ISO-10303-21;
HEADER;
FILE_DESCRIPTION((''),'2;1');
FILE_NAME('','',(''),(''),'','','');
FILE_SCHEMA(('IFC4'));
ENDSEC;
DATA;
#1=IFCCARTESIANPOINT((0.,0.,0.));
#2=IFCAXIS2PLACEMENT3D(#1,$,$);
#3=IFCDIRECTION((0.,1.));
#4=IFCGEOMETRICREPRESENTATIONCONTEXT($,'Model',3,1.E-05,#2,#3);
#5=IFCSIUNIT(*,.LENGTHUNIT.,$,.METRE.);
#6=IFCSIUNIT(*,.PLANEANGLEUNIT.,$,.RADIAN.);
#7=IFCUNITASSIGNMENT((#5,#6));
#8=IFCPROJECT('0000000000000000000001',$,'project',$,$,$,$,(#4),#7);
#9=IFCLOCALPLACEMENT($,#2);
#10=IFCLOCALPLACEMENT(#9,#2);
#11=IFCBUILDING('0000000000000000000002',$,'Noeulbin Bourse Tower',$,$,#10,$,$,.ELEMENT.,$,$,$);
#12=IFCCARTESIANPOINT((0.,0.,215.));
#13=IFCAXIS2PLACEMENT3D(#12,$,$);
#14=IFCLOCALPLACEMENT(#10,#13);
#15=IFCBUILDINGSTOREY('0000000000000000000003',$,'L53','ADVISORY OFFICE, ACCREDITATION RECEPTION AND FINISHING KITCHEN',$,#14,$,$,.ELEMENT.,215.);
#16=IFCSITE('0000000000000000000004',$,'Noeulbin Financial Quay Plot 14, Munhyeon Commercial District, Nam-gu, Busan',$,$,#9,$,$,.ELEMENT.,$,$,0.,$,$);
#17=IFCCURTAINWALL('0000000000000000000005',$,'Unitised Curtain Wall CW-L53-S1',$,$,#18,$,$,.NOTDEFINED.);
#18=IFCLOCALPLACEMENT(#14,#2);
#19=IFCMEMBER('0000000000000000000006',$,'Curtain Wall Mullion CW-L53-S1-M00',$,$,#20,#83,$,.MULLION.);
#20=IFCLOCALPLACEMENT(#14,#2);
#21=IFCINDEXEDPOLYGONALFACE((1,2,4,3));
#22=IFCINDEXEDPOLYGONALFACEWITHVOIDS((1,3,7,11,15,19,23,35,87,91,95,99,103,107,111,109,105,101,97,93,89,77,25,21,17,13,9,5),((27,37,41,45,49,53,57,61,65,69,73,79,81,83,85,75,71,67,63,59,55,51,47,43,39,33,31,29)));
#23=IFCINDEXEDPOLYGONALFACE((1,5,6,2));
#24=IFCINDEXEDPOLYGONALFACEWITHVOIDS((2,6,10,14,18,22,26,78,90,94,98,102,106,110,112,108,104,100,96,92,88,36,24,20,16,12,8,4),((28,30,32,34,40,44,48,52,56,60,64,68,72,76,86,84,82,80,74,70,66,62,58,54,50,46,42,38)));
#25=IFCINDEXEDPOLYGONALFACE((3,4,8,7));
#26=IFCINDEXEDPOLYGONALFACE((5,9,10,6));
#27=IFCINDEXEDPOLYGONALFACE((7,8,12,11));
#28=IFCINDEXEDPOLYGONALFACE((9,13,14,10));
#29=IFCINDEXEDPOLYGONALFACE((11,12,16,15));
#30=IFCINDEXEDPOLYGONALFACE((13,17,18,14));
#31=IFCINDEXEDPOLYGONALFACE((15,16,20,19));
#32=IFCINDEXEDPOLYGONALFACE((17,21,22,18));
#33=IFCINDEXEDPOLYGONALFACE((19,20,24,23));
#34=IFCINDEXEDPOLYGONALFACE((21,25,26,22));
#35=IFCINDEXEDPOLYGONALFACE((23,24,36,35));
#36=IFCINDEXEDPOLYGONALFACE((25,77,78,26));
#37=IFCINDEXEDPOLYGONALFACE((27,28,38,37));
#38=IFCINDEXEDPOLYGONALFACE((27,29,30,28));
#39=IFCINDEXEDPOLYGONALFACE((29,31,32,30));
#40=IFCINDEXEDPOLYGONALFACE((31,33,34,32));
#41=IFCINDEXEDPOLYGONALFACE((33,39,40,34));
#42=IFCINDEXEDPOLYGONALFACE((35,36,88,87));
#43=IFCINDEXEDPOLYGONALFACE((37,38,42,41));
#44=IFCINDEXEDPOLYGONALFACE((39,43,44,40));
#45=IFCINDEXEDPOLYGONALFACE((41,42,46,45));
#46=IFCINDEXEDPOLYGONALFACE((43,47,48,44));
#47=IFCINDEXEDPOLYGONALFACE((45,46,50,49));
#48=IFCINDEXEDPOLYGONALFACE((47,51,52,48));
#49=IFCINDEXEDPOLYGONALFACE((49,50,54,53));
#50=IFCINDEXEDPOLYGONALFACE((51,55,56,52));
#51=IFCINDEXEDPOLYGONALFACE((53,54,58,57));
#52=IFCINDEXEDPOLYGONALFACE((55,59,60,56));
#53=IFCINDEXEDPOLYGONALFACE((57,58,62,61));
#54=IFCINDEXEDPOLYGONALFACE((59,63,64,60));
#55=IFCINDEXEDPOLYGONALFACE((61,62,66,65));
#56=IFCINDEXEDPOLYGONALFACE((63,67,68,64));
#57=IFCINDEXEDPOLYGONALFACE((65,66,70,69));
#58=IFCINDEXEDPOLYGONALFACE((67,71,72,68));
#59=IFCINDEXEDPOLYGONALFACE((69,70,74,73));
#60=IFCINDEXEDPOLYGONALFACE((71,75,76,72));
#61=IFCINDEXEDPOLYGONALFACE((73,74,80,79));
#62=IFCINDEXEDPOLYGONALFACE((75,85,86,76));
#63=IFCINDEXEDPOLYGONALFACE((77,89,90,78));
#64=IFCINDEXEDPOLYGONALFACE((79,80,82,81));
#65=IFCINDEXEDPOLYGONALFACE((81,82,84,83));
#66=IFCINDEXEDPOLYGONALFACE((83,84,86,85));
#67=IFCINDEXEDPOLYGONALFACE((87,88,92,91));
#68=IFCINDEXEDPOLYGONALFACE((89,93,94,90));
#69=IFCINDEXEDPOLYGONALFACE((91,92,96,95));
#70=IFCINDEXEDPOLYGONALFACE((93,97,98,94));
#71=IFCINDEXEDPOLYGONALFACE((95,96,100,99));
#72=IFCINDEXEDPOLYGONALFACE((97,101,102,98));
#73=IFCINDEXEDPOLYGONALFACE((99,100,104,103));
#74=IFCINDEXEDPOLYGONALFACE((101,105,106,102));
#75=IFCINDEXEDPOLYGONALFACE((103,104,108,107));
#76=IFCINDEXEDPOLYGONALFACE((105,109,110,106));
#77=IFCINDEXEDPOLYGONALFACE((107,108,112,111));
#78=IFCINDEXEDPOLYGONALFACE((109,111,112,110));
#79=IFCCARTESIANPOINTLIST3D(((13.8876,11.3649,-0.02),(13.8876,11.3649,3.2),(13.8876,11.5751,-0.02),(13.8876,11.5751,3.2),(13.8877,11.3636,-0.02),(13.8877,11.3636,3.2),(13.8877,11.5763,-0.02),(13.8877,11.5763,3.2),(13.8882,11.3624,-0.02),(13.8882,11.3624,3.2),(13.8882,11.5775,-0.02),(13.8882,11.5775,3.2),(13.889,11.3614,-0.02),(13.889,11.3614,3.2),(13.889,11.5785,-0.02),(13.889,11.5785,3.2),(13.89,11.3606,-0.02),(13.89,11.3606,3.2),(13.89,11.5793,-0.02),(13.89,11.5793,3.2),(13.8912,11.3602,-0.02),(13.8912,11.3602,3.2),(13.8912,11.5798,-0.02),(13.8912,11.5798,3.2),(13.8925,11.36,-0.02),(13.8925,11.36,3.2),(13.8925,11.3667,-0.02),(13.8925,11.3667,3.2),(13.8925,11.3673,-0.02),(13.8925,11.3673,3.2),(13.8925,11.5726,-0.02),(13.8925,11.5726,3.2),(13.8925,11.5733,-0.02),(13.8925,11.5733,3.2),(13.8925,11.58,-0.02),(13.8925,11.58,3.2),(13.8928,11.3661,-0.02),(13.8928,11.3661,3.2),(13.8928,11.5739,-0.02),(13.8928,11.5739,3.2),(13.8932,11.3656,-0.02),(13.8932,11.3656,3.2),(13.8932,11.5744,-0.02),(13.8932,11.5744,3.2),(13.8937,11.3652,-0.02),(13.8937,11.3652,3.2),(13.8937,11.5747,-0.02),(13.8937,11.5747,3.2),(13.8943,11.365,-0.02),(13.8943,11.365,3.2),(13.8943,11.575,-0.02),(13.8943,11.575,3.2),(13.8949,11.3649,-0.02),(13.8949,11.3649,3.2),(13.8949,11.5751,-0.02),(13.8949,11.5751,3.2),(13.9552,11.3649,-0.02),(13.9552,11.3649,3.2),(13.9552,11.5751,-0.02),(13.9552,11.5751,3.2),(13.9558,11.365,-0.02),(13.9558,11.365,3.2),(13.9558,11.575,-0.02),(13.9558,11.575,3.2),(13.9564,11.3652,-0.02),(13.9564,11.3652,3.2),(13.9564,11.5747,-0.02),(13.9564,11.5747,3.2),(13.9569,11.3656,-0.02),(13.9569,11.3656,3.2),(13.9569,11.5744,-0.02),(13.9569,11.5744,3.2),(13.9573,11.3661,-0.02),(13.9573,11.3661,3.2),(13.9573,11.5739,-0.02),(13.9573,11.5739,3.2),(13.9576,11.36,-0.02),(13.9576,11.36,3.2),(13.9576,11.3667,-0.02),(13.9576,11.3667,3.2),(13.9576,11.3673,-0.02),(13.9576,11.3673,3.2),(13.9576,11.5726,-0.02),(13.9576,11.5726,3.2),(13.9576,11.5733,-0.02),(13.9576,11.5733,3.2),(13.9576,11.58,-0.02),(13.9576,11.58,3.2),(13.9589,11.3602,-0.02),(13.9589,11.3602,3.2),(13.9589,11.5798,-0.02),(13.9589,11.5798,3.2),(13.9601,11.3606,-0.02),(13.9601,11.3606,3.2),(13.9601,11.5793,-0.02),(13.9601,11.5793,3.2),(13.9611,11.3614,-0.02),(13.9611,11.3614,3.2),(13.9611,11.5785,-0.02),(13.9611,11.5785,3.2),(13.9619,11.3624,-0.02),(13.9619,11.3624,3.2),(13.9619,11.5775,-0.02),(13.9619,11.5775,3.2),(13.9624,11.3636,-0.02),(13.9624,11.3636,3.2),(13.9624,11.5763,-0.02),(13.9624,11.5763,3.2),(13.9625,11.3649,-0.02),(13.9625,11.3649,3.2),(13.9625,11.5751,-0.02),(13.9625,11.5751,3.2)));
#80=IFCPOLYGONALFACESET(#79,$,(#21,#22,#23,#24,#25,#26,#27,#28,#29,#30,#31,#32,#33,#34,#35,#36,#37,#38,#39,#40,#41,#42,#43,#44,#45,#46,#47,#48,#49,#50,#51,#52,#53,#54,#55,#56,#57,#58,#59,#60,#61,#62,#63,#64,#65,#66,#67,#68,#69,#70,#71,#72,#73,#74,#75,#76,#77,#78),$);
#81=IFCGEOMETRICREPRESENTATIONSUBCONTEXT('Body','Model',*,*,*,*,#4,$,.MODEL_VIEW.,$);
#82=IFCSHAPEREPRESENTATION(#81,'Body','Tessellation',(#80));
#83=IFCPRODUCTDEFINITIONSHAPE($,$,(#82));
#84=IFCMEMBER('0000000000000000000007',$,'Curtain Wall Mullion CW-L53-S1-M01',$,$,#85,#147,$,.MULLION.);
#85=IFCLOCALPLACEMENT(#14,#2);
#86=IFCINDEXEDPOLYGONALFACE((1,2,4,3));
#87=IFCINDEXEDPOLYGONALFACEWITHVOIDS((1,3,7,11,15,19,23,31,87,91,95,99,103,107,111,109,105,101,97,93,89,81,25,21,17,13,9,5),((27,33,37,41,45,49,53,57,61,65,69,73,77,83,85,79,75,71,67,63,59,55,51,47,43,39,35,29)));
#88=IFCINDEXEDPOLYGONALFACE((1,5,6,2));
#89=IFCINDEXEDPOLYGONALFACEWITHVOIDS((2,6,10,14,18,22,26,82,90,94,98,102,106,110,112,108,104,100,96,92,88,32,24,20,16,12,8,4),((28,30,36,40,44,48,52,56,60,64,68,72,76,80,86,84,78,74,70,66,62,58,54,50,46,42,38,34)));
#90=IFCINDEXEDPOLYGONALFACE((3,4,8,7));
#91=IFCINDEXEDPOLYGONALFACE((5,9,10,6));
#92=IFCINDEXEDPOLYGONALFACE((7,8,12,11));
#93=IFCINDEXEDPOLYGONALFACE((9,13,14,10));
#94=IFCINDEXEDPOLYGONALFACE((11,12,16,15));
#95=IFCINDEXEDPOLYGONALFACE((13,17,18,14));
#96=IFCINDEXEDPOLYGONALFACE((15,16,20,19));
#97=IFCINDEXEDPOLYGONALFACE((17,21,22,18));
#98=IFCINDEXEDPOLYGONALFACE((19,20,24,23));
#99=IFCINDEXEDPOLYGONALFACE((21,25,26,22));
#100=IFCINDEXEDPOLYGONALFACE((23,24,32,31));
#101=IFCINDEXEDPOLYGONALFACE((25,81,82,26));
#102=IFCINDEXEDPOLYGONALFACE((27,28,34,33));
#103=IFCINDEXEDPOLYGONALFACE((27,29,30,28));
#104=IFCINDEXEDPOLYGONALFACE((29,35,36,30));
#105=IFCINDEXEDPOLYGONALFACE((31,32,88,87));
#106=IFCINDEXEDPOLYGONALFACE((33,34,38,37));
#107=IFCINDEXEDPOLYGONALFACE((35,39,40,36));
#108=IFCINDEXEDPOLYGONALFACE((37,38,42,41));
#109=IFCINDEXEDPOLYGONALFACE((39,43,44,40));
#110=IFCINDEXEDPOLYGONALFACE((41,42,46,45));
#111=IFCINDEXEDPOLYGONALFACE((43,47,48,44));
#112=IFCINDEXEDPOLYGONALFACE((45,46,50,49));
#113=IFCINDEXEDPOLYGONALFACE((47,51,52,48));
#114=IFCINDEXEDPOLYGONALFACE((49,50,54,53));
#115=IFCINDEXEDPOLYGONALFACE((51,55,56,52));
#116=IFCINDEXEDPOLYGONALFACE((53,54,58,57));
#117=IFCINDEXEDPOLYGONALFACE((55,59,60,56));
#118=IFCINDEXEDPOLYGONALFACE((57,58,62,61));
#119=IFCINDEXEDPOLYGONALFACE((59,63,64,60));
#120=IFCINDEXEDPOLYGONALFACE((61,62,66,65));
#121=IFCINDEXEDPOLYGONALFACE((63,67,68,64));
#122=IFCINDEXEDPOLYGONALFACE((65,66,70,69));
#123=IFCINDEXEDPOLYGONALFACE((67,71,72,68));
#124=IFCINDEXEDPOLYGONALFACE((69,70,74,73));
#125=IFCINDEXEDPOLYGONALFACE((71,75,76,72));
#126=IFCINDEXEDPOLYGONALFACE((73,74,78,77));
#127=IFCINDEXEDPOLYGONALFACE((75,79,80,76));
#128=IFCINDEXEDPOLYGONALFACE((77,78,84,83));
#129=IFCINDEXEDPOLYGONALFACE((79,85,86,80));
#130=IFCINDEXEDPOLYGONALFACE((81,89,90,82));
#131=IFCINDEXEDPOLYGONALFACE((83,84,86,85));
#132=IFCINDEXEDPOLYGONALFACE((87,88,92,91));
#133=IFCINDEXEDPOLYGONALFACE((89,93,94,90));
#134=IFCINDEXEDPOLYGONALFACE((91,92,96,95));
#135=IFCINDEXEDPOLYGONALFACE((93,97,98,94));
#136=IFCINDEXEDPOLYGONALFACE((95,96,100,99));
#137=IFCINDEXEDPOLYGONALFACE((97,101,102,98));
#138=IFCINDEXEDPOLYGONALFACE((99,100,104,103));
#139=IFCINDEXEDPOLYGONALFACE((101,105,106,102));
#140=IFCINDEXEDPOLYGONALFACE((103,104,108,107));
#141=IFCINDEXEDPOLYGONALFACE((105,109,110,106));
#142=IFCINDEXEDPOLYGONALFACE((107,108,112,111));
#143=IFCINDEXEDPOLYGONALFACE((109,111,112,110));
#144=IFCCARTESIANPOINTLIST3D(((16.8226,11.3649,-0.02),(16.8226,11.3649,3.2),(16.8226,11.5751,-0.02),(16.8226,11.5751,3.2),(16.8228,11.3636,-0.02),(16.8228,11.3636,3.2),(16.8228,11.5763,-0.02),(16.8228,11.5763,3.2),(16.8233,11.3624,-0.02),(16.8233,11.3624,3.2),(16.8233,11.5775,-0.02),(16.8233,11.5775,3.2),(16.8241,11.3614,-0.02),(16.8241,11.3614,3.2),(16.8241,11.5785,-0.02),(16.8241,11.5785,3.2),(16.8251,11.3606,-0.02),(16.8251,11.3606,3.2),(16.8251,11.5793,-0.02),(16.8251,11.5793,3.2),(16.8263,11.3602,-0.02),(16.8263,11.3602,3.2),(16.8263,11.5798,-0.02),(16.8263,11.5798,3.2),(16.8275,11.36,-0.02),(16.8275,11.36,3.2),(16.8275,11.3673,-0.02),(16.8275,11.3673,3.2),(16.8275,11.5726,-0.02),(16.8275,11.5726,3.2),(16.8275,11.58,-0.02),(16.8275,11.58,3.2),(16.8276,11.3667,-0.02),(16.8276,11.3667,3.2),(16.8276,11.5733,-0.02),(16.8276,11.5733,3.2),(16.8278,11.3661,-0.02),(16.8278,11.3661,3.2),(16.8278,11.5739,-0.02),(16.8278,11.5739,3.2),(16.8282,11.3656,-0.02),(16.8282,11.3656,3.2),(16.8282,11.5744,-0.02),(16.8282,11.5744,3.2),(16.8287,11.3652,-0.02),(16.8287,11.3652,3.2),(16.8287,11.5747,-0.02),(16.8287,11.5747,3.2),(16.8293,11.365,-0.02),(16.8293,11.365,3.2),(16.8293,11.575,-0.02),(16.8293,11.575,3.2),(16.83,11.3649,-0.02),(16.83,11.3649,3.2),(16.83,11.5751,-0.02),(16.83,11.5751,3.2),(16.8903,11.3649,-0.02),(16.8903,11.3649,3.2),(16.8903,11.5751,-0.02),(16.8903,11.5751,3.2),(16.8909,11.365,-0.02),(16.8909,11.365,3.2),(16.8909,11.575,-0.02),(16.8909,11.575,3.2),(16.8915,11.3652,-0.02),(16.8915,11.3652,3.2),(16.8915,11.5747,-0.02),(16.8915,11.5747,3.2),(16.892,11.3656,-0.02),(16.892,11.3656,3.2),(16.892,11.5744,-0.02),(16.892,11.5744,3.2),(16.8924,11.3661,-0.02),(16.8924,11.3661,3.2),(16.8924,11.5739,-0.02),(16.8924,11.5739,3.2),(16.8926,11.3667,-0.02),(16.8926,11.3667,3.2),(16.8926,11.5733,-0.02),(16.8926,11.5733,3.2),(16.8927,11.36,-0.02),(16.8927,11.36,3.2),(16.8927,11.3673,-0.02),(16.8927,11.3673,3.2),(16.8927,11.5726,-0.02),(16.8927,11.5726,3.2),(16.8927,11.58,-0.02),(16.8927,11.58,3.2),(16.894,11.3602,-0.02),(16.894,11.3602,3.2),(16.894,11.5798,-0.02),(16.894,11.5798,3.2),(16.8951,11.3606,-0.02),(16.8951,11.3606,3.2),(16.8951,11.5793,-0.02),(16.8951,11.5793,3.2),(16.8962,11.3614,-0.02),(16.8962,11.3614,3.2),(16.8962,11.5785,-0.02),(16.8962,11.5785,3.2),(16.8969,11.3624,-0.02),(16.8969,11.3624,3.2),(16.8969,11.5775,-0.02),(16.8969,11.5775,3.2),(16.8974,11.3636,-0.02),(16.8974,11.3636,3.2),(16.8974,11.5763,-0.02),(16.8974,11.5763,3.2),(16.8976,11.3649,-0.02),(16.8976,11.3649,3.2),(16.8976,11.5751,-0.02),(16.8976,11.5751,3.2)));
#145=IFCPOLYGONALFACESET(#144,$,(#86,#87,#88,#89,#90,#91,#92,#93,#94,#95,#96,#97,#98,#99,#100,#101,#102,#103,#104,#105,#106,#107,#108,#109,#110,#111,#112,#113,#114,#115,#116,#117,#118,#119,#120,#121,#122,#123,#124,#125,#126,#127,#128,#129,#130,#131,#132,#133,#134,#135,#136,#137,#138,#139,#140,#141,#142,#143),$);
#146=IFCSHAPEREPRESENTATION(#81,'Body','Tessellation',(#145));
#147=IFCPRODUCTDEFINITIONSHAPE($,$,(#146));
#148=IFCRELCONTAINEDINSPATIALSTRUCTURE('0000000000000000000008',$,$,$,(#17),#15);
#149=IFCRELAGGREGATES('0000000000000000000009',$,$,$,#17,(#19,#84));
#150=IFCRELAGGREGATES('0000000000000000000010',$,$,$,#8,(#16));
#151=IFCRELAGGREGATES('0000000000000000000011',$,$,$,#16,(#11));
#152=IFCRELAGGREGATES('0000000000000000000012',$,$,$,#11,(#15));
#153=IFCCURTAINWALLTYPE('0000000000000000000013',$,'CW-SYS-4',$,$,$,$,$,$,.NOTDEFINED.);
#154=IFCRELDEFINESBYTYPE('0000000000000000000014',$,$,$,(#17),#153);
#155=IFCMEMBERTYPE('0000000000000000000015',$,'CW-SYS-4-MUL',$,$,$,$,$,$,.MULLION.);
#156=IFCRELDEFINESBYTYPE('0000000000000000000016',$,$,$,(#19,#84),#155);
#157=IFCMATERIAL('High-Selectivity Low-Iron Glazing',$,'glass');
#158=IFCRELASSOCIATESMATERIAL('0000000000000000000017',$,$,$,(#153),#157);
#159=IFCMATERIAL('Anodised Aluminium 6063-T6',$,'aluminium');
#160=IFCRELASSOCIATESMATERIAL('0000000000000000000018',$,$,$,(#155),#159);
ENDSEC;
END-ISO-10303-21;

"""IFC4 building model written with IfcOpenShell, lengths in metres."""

from ifc_helpers import new_model, si_unit, direction, frame, origin, origin_2d, place, context, subcontext, project, spatial, hollow_rectangle, extrude, material, material_profile, profile_set, type_object, element, aggregate, save


model = new_model("IFC4")

# Units and contexts
model_context = context("Model", 3, precision=1e-05, world=origin(), true_north=direction((0.0, 1.0)))
body_context = subcontext(model_context, "Body", "Model", "MODEL_VIEW")
ifc_project = project(units=[si_unit("LENGTHUNIT", "METRE"), si_unit("PLANEANGLEUNIT", "RADIAN")], contexts=[model_context])

# Site, building, storey
site_placement = place(None, origin())
site = spatial("IfcSite", under=ifc_project, at=site_placement, Name="Noeulbin Financial Quay Plot 14, Munhyeon Commercial District, Nam-gu, Busan", CompositionType="ELEMENT", RefElevation=0.0)
building_placement = place(site_placement, origin())
building = spatial("IfcBuilding", under=site, at=building_placement, Name="Noeulbin Bourse Tower", CompositionType="ELEMENT")
storey_placement = place(building_placement, frame((0.0, 0.0, 215.0)))
storey = spatial("IfcBuildingStorey", under=building, at=storey_placement, Name="L53", Description="ADVISORY OFFICE, ACCREDITATION RECEPTION AND FINISHING KITCHEN", CompositionType="ELEMENT", Elevation=215.0)

# Curtain wall, members
ifc_material_1 = material(Name="High-Selectivity Low-Iron Glazing", Category="glass")
curtain_wall_type = type_object("IfcCurtainWallType", Name="CW-SYS-4", PredefinedType="NOTDEFINED", material=ifc_material_1)
curtain_wall_placement = place(storey_placement, origin())
curtain_wall = element("IfcCurtainWall", 1, at=curtain_wall_placement, inside=storey, type_object=curtain_wall_type, Name="Unitised Curtain Wall CW-L53-S1", PredefinedType="NOTDEFINED")
ifc_material_2 = material(Name="Anodised Aluminium 6063-T6", Category="aluminium")
ifc_material_profile_1 = material_profile(ifc_material_2, hollow_rectangle(XDim=0.075, YDim=0.22, WallThickness=0.0049, InnerFilletRadius=0.0024, OuterFilletRadius=0.0049, at=origin_2d()), Name="ALU-MULL-75x220x5", Category="LoadBearing")
ifc_profile_set_1 = profile_set([ifc_material_profile_1], Name="Anodised Aluminium 6063-T6")
member_type_1 = type_object("IfcMemberType", Name="CW-SYS-4-MUL", PredefinedType="MULLION", material=ifc_profile_set_1)
member_1_placement = place(storey_placement, frame((13.925, 11.47, -0.02), z_axis=(0.0, 0.0, 1.0), x_axis=(1.0, 0.0, 0.0)))
member_1 = element("IfcMember", 2, at=member_1_placement, type_object=member_type_1, Name="Curtain Wall Mullion CW-L53-S1-M00", PredefinedType="MULLION", context=body_context, shape_type="SweptSolid", body=[
    extrude(hollow_rectangle(XDim=0.075, YDim=0.22, WallThickness=0.0049, InnerFilletRadius=0.0024, OuterFilletRadius=0.0049, at=origin_2d()), origin(), (0.0, 0.0, 1.0), 3.22),
])
member_2_placement = place(storey_placement, frame((16.8601, 11.47, -0.02), z_axis=(0.0, 0.0, 1.0), x_axis=(1.0, 0.0, 0.0)))
member_2 = element("IfcMember", 3, at=member_2_placement, type_object=member_type_1, Name="Curtain Wall Mullion CW-L53-S1-M01", PredefinedType="MULLION", context=body_context, shape_type="SweptSolid", body=[
    extrude(hollow_rectangle(XDim=0.075, YDim=0.22, WallThickness=0.0049, InnerFilletRadius=0.0024, OuterFilletRadius=0.0049, at=origin_2d()), origin(), (0.0, 0.0, 1.0), 3.22),
])
aggregate(curtain_wall, [member_1, member_2])

save(model, "model.ifc")
